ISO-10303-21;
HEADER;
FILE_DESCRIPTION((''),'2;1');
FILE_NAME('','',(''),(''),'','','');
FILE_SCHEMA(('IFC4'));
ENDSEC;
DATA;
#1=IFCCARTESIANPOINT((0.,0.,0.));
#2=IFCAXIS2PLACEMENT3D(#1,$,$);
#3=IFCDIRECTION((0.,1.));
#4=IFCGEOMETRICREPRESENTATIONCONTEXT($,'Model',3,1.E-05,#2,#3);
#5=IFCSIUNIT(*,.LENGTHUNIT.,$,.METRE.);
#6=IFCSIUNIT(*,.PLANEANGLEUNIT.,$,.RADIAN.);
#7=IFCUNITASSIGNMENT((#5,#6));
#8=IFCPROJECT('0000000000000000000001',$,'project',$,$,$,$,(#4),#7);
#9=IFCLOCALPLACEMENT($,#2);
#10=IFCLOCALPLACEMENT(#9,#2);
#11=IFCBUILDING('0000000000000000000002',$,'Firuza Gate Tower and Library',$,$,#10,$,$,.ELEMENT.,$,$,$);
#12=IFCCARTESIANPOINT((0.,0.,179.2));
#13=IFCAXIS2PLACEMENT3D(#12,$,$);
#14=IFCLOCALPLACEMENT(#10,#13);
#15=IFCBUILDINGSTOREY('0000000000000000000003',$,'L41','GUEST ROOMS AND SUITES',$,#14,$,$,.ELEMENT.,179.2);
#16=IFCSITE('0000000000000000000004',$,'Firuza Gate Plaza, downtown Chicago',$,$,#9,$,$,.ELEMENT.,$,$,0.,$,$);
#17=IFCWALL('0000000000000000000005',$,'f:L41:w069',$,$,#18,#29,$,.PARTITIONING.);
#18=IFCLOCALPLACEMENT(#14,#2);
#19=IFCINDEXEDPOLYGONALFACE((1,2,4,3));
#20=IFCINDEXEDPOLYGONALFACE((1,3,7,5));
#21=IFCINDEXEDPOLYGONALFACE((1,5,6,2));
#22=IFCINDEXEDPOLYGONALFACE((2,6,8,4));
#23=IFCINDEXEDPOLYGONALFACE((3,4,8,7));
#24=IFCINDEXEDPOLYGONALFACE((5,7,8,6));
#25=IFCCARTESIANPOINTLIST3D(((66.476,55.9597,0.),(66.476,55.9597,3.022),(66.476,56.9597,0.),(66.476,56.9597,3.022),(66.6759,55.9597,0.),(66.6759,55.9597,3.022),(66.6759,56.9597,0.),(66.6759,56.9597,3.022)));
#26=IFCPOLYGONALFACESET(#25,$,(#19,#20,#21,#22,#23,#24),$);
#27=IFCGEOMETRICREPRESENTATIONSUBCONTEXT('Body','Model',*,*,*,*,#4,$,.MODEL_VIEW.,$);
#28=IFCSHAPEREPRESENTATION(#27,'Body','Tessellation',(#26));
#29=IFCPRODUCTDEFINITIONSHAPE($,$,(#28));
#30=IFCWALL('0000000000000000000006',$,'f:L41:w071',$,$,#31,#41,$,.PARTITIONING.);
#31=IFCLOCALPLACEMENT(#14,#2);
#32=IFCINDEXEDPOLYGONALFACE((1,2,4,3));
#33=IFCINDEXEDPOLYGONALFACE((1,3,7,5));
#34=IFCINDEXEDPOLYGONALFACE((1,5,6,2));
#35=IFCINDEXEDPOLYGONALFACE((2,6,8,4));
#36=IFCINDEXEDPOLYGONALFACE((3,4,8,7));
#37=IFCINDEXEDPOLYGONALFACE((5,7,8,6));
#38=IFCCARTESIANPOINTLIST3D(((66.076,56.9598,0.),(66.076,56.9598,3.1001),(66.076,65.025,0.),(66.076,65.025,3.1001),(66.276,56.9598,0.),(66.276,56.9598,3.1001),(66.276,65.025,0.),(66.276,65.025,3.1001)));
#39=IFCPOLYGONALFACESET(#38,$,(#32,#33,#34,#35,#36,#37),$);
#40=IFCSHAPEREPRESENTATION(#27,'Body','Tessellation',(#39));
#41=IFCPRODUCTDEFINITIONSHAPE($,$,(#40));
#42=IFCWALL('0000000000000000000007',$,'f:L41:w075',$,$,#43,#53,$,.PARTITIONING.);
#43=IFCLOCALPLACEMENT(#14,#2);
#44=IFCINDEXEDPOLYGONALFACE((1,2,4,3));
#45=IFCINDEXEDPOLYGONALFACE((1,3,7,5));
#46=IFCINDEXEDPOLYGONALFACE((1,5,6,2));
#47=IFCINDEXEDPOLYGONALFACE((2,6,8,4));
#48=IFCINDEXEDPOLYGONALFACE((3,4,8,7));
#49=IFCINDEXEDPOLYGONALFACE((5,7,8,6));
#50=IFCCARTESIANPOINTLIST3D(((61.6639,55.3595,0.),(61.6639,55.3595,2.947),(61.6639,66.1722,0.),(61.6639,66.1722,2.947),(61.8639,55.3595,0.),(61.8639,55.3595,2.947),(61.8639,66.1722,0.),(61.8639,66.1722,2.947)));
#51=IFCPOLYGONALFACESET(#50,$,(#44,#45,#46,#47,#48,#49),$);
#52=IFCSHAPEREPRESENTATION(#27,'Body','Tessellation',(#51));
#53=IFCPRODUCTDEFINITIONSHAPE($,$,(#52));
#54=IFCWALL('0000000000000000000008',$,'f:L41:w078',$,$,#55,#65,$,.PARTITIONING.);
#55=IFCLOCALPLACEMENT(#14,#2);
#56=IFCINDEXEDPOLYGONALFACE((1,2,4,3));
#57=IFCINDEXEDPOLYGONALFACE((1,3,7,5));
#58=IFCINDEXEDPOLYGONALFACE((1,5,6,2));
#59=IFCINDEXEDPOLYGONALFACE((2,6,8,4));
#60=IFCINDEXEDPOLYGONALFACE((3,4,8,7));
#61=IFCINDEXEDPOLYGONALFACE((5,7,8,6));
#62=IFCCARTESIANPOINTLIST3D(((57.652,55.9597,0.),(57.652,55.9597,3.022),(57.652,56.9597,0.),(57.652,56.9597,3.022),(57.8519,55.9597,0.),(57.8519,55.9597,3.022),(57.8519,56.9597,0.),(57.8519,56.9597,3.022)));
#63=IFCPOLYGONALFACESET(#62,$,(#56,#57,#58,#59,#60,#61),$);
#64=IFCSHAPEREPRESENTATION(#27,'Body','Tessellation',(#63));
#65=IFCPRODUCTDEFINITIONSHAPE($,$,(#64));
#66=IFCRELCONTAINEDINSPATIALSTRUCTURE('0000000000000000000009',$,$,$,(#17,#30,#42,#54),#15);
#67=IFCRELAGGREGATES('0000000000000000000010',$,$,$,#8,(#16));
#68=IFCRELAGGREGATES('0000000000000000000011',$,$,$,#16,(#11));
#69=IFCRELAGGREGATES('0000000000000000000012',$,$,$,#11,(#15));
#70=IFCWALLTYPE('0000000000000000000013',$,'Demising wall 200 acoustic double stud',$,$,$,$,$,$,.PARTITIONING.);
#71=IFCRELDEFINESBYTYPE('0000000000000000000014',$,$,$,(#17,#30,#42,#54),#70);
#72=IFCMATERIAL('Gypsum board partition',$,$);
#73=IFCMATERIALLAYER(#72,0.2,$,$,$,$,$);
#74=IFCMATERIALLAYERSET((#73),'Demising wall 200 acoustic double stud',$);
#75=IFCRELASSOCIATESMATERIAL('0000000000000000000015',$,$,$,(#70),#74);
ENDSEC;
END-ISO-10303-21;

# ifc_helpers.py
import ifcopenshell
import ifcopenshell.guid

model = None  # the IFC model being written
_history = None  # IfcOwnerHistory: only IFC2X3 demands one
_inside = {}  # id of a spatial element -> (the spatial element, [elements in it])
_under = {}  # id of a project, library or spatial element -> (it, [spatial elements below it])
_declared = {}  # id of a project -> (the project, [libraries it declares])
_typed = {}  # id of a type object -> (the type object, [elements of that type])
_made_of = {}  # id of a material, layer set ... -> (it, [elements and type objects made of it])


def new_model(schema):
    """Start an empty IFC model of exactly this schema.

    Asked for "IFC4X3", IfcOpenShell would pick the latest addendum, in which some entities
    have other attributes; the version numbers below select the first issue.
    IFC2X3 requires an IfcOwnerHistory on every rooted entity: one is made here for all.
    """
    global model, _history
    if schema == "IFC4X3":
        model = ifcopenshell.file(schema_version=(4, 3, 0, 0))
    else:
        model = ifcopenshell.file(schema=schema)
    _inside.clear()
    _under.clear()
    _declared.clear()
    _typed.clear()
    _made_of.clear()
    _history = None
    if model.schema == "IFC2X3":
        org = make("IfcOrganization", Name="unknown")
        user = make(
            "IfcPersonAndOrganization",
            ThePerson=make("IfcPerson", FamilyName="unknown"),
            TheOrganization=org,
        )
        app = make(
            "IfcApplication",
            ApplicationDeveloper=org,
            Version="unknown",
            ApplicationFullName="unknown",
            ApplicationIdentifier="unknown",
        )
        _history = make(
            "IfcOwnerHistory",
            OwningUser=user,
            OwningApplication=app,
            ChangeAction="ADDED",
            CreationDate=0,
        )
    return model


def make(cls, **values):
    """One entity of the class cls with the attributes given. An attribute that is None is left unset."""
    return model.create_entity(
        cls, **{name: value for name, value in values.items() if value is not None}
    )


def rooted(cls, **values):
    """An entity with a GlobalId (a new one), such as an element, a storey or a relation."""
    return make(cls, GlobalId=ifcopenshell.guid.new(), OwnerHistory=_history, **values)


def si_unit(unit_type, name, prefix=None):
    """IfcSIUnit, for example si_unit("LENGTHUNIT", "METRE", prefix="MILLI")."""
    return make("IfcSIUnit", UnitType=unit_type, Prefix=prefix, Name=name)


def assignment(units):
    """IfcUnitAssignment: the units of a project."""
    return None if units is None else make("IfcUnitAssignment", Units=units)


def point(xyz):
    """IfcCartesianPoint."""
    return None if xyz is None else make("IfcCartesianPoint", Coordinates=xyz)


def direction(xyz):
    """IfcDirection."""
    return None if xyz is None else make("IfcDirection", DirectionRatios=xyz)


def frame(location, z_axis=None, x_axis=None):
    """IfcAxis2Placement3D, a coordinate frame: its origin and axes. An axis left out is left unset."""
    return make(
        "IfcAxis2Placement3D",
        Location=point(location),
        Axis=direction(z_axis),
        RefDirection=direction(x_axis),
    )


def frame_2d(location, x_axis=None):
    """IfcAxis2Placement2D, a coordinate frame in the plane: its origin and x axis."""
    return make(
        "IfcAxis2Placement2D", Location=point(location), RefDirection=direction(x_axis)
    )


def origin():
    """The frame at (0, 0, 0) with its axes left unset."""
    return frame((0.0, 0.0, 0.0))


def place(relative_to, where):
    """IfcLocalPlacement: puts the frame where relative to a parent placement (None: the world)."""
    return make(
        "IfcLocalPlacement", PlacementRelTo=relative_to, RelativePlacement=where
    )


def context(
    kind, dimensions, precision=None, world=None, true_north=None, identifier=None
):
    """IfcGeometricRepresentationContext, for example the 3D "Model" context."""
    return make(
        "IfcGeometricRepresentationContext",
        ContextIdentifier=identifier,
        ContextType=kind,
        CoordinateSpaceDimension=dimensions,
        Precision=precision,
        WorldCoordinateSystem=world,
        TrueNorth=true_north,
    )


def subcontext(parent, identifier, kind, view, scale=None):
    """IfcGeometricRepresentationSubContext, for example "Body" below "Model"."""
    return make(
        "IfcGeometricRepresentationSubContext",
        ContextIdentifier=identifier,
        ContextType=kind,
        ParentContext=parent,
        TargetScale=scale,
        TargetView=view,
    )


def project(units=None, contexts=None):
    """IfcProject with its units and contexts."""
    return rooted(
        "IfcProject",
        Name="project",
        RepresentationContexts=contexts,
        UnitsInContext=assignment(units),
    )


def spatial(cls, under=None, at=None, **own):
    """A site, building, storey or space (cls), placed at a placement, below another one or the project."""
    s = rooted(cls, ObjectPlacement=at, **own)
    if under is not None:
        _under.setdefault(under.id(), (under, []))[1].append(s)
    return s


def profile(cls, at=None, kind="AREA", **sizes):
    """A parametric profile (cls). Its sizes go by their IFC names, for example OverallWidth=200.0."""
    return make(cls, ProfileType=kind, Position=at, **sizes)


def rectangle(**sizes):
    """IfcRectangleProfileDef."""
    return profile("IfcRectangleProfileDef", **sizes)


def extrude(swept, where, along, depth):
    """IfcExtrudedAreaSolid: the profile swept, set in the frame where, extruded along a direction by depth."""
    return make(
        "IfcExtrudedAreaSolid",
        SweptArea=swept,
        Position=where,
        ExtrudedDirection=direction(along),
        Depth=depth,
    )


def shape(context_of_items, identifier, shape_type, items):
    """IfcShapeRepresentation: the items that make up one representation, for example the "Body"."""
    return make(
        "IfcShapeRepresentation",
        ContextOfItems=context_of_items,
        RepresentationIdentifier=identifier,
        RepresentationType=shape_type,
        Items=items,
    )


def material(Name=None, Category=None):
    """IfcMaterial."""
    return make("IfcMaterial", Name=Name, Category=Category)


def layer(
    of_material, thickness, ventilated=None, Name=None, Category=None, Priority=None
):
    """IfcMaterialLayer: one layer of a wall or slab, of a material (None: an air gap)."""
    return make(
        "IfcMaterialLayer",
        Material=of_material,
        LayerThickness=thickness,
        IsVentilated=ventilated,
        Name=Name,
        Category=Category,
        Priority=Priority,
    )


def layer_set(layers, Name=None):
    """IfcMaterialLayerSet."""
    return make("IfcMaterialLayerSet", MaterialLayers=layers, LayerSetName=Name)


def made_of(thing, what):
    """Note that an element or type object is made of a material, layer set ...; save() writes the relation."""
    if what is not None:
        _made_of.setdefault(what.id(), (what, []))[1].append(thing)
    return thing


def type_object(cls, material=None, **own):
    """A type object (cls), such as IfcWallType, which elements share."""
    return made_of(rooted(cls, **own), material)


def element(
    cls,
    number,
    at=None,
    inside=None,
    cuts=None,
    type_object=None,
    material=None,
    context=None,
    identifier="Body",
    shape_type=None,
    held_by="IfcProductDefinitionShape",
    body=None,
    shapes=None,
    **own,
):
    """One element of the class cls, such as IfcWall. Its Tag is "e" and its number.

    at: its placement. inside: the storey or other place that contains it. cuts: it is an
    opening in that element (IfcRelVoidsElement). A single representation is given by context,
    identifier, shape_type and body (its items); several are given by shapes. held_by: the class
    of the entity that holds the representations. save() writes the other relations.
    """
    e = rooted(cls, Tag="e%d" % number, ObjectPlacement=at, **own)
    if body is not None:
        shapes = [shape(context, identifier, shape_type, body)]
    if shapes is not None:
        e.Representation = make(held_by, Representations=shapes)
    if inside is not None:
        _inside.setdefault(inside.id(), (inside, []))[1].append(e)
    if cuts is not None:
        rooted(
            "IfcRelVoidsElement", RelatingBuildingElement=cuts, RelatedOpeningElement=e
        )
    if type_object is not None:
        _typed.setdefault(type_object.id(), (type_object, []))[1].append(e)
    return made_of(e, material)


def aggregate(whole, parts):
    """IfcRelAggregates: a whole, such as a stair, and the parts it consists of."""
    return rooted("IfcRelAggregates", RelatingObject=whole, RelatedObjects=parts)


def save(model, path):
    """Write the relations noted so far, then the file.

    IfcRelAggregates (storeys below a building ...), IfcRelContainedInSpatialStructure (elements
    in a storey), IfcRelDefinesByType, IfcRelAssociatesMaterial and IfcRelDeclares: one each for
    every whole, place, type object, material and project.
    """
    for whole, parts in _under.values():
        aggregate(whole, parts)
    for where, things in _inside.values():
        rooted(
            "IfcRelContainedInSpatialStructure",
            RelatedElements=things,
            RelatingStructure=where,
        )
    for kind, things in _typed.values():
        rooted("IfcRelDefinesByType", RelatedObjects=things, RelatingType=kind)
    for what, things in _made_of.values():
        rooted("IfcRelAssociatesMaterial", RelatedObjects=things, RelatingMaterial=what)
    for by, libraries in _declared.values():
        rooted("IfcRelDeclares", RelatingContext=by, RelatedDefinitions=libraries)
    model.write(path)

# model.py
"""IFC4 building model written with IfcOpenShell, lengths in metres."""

from ifc_helpers import new_model, si_unit, direction, frame, frame_2d, origin, place, context, subcontext, project, spatial, rectangle, extrude, material, layer, layer_set, type_object, element, save


model = new_model("IFC4")

# Units and contexts
model_context = context("Model", 3, precision=1e-05, world=origin(), true_north=direction((0.0, 1.0)))
body_context = subcontext(model_context, "Body", "Model", "MODEL_VIEW")
ifc_project = project(units=[si_unit("LENGTHUNIT", "METRE"), si_unit("PLANEANGLEUNIT", "RADIAN")], contexts=[model_context])

# Site, building, storey
site_placement = place(None, origin())
site = spatial("IfcSite", under=ifc_project, at=site_placement, Name="Firuza Gate Plaza, downtown Chicago", CompositionType="ELEMENT", RefElevation=0.0)
building_placement = place(site_placement, origin())
building = spatial("IfcBuilding", under=site, at=building_placement, Name="Firuza Gate Tower and Library", CompositionType="ELEMENT")
storey_placement = place(building_placement, frame((0.0, 0.0, 179.2)))
storey = spatial("IfcBuildingStorey", under=building, at=storey_placement, Name="L41", Description="GUEST ROOMS AND SUITES", CompositionType="ELEMENT", Elevation=179.2)

# Walls
ifc_material_1 = material(Name="Gypsum board partition")
ifc_layer_1 = layer(ifc_material_1, 0.2)
ifc_layer_set_1 = layer_set([ifc_layer_1], Name="Demising wall 200 acoustic double stud")
wall_type = type_object("IfcWallType", Name="Demising wall 200 acoustic double stud", PredefinedType="PARTITIONING", material=ifc_layer_set_1)
wall_1_placement = place(storey_placement, frame((66.5759, 55.9597, 0.0), z_axis=(0.0, 0.0, 1.0), x_axis=(0.0, 1.0, 0.0)))
element("IfcWall", 1, at=wall_1_placement, inside=storey, type_object=wall_type, Name="f:L41:w069", PredefinedType="PARTITIONING", context=body_context, shape_type="SweptSolid", body=[
    extrude(rectangle(XDim=1.0, YDim=0.2, at=frame_2d((0.5, 0.0))), origin(), (0.0, 0.0, 1.0), 3.022),
])
wall_2_placement = place(storey_placement, frame((66.176, 56.9597, 0.0), z_axis=(0.0, 0.0, 1.0), x_axis=(0.0, 1.0, 0.0)))
element("IfcWall", 2, at=wall_2_placement, inside=storey, type_object=wall_type, Name="f:L41:w071", PredefinedType="PARTITIONING", context=body_context, shape_type="SweptSolid", body=[
    extrude(rectangle(XDim=8.0652, YDim=0.2, at=frame_2d((4.0327, 0.0))), origin(), (0.0, 0.0, 1.0), 3.1001),
])
wall_3_placement = place(storey_placement, frame((61.7639, 55.3596, 0.0), z_axis=(0.0, 0.0, 1.0), x_axis=(0.0, 1.0, 0.0)))
element("IfcWall", 3, at=wall_3_placement, inside=storey, type_object=wall_type, Name="f:L41:w075", PredefinedType="PARTITIONING", context=body_context, shape_type="SweptSolid", body=[
    extrude(rectangle(XDim=10.8127, YDim=0.2, at=frame_2d((5.4062, 0.0))), origin(), (0.0, 0.0, 1.0), 2.947),
])
wall_4_placement = place(storey_placement, frame((57.752, 55.9597, 0.0), z_axis=(0.0, 0.0, 1.0), x_axis=(0.0, 1.0, 0.0)))
element("IfcWall", 4, at=wall_4_placement, inside=storey, type_object=wall_type, Name="f:L41:w078", PredefinedType="PARTITIONING", context=body_context, shape_type="SweptSolid", body=[
    extrude(rectangle(XDim=1.0, YDim=0.2, at=frame_2d((0.5, 0.0))), origin(), (0.0, 0.0, 1.0), 3.022),
])

save(model, "model.ifc")
